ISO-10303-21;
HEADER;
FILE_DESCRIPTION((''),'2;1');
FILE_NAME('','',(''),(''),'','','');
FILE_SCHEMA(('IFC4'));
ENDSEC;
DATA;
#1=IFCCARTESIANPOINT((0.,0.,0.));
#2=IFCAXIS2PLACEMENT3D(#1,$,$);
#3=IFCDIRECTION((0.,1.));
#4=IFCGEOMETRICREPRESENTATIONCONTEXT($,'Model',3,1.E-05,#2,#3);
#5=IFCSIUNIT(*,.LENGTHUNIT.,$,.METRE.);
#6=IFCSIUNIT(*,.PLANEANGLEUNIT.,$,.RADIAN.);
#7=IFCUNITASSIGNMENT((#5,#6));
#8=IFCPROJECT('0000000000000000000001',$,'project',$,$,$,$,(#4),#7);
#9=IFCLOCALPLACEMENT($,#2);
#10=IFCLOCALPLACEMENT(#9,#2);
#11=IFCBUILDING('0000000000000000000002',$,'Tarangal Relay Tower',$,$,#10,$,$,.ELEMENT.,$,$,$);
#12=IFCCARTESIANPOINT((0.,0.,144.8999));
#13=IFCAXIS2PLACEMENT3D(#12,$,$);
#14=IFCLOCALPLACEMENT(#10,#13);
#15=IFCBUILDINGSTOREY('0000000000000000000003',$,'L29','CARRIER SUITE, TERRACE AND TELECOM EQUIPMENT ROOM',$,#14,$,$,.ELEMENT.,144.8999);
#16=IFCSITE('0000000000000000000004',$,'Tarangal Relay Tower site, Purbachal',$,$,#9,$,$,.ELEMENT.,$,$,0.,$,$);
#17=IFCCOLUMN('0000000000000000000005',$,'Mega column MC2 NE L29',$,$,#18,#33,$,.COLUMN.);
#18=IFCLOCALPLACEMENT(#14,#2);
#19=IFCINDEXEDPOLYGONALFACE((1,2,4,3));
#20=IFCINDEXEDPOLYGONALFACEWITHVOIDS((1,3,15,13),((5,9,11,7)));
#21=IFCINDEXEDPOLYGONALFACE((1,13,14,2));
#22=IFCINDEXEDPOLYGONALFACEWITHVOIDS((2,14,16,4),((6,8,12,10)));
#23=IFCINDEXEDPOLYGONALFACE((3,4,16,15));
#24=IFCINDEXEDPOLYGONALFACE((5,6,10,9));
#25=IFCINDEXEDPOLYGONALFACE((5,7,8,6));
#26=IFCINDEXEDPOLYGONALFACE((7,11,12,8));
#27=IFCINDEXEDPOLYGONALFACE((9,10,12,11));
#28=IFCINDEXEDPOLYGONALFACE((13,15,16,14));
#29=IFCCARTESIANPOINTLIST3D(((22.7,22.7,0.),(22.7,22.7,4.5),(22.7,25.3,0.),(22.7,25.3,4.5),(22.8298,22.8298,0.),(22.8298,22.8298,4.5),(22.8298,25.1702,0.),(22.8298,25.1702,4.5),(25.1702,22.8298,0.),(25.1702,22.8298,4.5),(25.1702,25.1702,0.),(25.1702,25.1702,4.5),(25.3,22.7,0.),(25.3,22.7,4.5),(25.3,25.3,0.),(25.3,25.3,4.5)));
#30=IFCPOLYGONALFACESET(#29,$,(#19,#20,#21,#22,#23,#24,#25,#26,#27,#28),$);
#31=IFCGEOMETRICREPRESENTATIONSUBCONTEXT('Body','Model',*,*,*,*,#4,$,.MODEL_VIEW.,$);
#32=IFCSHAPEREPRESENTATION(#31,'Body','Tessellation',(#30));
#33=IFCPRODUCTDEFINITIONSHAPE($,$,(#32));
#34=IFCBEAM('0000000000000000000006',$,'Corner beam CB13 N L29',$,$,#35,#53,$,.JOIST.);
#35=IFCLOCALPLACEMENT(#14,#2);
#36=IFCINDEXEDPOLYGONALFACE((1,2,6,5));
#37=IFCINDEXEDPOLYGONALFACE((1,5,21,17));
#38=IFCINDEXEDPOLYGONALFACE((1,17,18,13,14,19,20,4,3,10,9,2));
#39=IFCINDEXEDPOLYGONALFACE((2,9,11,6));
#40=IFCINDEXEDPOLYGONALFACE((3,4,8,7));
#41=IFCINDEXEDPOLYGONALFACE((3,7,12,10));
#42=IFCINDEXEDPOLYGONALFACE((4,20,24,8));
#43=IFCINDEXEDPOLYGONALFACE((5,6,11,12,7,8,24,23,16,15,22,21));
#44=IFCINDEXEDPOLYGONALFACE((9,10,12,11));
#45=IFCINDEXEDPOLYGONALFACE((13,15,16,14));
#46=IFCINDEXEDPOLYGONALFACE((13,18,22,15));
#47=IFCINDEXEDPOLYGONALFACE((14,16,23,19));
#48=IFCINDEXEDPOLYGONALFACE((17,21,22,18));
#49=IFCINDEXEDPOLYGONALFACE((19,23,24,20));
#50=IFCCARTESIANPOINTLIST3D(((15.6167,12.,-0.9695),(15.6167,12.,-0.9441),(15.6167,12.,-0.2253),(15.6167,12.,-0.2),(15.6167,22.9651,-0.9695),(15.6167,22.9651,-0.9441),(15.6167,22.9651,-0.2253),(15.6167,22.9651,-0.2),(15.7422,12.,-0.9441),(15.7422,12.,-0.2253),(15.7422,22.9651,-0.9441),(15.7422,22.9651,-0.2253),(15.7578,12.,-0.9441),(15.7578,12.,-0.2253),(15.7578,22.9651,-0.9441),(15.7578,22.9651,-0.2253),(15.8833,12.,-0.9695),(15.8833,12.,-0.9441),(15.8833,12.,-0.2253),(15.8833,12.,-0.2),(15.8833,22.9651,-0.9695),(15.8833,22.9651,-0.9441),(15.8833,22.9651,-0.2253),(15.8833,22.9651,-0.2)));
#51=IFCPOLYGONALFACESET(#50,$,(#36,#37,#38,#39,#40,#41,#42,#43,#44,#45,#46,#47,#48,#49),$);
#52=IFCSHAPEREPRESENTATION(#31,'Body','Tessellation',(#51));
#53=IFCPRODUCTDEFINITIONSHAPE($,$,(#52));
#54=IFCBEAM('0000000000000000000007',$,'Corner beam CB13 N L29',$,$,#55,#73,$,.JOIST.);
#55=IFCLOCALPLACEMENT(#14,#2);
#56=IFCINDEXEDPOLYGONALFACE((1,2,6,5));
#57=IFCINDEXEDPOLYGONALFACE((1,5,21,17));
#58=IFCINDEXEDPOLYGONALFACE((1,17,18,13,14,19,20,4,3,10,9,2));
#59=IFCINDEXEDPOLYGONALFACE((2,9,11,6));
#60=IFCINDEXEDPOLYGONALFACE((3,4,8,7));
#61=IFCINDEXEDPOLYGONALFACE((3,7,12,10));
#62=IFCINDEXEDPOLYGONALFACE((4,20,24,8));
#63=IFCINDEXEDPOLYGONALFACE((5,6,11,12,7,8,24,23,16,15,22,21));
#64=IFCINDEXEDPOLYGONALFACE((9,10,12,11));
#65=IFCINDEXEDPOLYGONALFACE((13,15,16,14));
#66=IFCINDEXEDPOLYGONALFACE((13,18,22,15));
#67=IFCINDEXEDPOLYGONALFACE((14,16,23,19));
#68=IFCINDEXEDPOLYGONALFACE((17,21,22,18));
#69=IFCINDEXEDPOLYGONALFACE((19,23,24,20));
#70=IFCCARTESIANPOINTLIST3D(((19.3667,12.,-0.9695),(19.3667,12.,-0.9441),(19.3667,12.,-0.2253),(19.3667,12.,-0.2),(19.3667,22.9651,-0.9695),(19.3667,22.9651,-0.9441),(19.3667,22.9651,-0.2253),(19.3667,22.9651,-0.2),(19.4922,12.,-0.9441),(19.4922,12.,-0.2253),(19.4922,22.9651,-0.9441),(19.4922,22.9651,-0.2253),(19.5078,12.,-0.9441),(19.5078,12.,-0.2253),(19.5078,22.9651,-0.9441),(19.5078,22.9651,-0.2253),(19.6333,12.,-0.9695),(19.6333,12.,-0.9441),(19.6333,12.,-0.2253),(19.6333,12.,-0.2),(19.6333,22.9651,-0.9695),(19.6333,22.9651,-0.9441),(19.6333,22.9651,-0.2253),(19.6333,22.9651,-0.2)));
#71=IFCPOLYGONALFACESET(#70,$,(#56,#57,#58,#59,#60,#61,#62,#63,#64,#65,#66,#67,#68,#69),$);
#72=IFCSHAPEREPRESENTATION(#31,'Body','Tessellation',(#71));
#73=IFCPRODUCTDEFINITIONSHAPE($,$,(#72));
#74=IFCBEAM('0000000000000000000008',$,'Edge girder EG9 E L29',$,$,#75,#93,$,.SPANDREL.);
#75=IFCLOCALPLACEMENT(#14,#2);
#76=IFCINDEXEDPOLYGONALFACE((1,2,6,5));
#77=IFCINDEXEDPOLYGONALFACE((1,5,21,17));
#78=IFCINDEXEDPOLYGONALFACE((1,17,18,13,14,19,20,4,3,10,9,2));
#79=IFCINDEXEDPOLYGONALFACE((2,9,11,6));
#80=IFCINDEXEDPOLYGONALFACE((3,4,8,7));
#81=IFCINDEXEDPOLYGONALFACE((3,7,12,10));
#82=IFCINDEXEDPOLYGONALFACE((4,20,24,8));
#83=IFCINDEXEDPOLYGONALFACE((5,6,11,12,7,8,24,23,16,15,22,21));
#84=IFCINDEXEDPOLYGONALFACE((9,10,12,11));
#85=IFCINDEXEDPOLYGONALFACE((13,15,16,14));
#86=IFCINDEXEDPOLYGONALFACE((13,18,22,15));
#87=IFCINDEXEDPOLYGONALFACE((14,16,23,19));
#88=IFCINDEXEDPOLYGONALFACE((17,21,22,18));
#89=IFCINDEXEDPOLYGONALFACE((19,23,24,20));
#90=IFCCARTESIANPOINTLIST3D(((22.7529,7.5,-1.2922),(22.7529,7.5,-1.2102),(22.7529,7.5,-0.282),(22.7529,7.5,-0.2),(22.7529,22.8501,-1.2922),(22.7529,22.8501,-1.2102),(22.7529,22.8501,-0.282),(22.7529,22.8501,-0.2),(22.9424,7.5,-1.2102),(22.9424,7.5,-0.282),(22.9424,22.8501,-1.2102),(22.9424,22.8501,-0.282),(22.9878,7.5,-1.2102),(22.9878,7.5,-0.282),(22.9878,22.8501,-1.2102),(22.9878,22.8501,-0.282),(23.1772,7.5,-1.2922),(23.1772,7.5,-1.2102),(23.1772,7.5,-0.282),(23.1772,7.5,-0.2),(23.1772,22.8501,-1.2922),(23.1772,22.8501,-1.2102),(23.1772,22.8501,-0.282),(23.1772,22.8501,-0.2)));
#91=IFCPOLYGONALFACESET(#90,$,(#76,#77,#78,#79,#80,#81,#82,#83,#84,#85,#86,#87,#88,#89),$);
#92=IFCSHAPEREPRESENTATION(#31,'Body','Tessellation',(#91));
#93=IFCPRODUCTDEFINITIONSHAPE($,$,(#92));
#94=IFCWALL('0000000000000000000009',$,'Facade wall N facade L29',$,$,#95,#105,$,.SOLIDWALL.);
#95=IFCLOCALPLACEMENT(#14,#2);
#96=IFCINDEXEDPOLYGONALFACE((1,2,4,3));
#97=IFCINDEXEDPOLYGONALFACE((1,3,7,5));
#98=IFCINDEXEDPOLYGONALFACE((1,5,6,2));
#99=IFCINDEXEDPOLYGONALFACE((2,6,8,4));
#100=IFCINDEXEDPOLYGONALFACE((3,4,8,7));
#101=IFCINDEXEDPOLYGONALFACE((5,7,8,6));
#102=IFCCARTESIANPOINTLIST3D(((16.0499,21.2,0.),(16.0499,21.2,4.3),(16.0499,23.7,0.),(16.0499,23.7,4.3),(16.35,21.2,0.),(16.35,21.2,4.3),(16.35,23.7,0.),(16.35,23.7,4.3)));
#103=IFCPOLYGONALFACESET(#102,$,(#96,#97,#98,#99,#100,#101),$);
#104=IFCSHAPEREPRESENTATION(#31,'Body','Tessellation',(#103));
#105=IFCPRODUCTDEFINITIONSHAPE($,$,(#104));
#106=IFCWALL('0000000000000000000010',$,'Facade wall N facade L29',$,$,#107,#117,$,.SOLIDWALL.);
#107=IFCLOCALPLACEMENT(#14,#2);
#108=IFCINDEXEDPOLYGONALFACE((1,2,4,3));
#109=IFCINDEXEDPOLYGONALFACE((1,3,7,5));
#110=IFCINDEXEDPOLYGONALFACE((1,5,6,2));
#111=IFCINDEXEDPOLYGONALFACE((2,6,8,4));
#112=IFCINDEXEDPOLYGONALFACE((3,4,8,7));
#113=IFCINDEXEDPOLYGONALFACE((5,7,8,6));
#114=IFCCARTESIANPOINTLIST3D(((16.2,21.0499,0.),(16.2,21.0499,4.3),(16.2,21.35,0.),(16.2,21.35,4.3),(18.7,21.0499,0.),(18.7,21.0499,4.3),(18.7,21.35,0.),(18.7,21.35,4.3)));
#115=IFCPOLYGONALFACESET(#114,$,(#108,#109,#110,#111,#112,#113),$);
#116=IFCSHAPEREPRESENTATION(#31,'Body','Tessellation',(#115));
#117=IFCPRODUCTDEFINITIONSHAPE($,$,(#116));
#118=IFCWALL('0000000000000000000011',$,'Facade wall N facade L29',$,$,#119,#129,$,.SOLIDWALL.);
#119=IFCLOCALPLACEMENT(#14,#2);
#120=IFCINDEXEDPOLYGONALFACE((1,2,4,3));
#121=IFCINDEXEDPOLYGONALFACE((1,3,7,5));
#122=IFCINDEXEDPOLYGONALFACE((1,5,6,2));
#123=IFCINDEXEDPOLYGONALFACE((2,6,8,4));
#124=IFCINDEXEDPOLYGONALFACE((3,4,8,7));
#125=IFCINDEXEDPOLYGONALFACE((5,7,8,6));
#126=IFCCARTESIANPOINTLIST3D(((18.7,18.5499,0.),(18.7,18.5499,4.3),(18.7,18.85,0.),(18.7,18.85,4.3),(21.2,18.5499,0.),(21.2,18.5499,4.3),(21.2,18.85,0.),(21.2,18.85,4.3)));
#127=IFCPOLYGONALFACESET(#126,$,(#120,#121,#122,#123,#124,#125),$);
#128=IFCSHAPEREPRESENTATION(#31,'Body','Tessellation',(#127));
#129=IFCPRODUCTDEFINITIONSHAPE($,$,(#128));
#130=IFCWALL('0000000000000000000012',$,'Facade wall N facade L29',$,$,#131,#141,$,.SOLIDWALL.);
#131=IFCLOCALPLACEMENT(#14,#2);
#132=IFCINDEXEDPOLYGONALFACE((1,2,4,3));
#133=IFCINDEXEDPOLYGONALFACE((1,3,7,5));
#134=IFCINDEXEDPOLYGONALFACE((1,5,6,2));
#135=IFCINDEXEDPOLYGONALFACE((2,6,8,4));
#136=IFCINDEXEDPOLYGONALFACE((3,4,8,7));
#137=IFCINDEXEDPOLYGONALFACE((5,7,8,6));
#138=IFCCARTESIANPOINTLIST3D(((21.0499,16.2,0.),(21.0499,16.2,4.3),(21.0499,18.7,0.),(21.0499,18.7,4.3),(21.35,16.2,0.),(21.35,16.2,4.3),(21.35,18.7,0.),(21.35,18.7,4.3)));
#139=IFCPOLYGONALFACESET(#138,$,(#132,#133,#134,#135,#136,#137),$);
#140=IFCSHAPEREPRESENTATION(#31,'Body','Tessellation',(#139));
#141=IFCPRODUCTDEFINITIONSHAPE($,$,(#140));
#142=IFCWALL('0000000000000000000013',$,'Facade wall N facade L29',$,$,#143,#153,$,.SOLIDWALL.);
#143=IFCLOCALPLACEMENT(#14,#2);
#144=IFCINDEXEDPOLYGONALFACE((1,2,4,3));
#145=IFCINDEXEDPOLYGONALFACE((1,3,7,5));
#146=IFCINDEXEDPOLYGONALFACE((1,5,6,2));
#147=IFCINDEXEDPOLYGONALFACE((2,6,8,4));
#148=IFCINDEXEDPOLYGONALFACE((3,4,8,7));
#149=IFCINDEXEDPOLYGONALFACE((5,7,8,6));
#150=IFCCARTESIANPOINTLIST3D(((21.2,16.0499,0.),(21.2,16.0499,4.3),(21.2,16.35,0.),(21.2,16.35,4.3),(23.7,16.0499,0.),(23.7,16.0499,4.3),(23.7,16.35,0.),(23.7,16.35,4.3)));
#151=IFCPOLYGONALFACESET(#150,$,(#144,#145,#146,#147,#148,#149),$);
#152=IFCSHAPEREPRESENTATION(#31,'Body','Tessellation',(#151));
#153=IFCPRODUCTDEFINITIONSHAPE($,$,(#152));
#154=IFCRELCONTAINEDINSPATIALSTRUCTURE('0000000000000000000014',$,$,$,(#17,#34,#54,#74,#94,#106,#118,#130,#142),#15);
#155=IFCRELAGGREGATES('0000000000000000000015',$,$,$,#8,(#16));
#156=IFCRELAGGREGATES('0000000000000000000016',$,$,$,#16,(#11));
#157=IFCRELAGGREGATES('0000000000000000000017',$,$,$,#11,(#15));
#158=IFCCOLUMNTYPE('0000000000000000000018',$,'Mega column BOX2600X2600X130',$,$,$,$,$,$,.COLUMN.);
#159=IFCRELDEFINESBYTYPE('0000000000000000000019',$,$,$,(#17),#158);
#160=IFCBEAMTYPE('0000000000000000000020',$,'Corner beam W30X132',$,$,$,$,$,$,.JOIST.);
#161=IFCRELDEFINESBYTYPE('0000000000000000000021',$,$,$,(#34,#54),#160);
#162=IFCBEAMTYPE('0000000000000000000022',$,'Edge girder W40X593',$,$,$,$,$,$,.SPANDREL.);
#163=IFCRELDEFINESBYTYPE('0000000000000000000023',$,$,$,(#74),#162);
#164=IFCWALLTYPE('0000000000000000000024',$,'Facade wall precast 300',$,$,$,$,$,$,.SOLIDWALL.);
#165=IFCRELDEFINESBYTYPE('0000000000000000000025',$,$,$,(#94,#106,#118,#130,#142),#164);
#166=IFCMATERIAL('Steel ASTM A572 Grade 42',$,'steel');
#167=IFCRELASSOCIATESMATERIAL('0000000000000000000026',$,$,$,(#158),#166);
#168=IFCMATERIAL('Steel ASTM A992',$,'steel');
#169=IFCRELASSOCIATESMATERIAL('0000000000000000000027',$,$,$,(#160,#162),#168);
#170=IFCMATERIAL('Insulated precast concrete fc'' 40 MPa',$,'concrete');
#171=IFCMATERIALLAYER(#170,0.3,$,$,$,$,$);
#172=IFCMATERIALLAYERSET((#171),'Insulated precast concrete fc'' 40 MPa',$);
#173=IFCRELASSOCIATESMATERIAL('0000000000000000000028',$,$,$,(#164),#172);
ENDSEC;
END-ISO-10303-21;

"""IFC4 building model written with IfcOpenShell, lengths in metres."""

from ifc_helpers import new_model, si_unit, direction, frame, frame_2d, origin, origin_2d, place, context, subcontext, project, spatial, rectangle, hollow_rectangle, i_section, extrude, material, layer, layer_set, material_profile, profile_set, type_object, element, save


model = new_model("IFC4")

# Units and contexts
model_context = context("Model", 3, precision=1e-05, world=origin(), true_north=direction((0.0, 1.0)))
body_context = subcontext(model_context, "Body", "Model", "MODEL_VIEW")
ifc_project = project(units=[si_unit("LENGTHUNIT", "METRE"), si_unit("PLANEANGLEUNIT", "RADIAN")], contexts=[model_context])

# Site, building, storey
site_placement = place(None, origin())
site = spatial("IfcSite", under=ifc_project, at=site_placement, Name="Tarangal Relay Tower site, Purbachal", CompositionType="ELEMENT", RefElevation=0.0)
building_placement = place(site_placement, origin())
building = spatial("IfcBuilding", under=site, at=building_placement, Name="Tarangal Relay Tower", CompositionType="ELEMENT")
storey_placement = place(building_placement, frame((0.0, 0.0, 144.8999)))
storey = spatial("IfcBuildingStorey", under=building, at=storey_placement, Name="L29", Description="CARRIER SUITE, TERRACE AND TELECOM EQUIPMENT ROOM", CompositionType="ELEMENT", Elevation=144.8999)

# Column
ifc_material_1 = material(Name="Steel ASTM A572 Grade 42", Category="steel")
ifc_material_profile_1 = material_profile(ifc_material_1, hollow_rectangle(XDim=2.6001, YDim=2.6001, WallThickness=0.1299, at=origin_2d()), Name="BOX2600X2600X130")
ifc_profile_set_1 = profile_set([ifc_material_profile_1], Name="Steel ASTM A572 Grade 42")
column_type = type_object("IfcColumnType", Name="Mega column BOX2600X2600X130", PredefinedType="COLUMN", material=ifc_profile_set_1)
column_placement = place(storey_placement, frame((24.0, 24.0, 0.0), z_axis=(0.0, 0.0, 1.0), x_axis=(1.0, 0.0, 0.0)))
element("IfcColumn", 1, at=column_placement, inside=storey, type_object=column_type, Name="Mega column MC2 NE L29", PredefinedType="COLUMN", context=body_context, shape_type="SweptSolid", body=[
    extrude(hollow_rectangle(XDim=2.6001, YDim=2.6001, WallThickness=0.1299, at=origin_2d()), origin(), (0.0, 0.0, 1.0), 4.5),
])

# Beams
ifc_material_2 = material(Name="Steel ASTM A992", Category="steel")
ifc_material_profile_2 = material_profile(ifc_material_2, i_section(OverallWidth=0.2666, OverallDepth=0.7695, WebThickness=0.0156, FlangeThickness=0.0254, at=origin_2d()), Name="W30X132")
ifc_profile_set_2 = profile_set([ifc_material_profile_2], Name="Steel ASTM A992")
beam_type_1 = type_object("IfcBeamType", Name="Corner beam W30X132", PredefinedType="JOIST", material=ifc_profile_set_2)
for number, where, z_axis, x_axis, name in (
    (2, (15.75, 12.0, -0.5847), (0.0, 1.0, 0.0), (-1.0, 0.0, 0.0), "Corner beam CB13 N L29"),
    (3, (19.5, 12.0, -0.5847), (0.0, 1.0, 0.0), (-1.0, 0.0, 0.0), "Corner beam CB13 N L29"),
):
    element("IfcBeam", number, at=place(storey_placement, frame(where, z_axis=z_axis, x_axis=x_axis)), inside=storey, type_object=beam_type_1, Name=name, PredefinedType="JOIST", context=body_context, shape_type="SweptSolid", body=[
        extrude(i_section(OverallWidth=0.2666, OverallDepth=0.7695, WebThickness=0.0156, FlangeThickness=0.0254, at=origin_2d()), origin(), (0.0, 0.0, 1.0), 10.9651),
    ])
ifc_material_profile_3 = material_profile(ifc_material_2, i_section(OverallWidth=0.4243, OverallDepth=1.0923, WebThickness=0.0454, FlangeThickness=0.082, at=origin_2d()), Name="W40X593")
ifc_profile_set_3 = profile_set([ifc_material_profile_3], Name="Steel ASTM A992")
beam_type_2 = type_object("IfcBeamType", Name="Edge girder W40X593", PredefinedType="SPANDREL", material=ifc_profile_set_3)
beam_placement = place(storey_placement, frame((22.9651, 22.8501, -0.7461), z_axis=(0.0, -1.0, 0.0), x_axis=(1.0, 0.0, 0.0)))
element("IfcBeam", 4, at=beam_placement, inside=storey, type_object=beam_type_2, Name="Edge girder EG9 E L29", PredefinedType="SPANDREL", context=body_context, shape_type="SweptSolid", body=[
    extrude(i_section(OverallWidth=0.4243, OverallDepth=1.0923, WebThickness=0.0454, FlangeThickness=0.082, at=origin_2d()), origin(), (0.0, 0.0, 1.0), 15.3501),
])

# Walls
ifc_material_3 = material(Name="Insulated precast concrete fc' 40 MPa", Category="concrete")
ifc_layer_1 = layer(ifc_material_3, 0.3)
ifc_layer_set_1 = layer_set([ifc_layer_1], Name="Insulated precast concrete fc' 40 MPa")
wall_type_1 = type_object("IfcWallType", Name="Facade wall precast 300", PredefinedType="SOLIDWALL", material=ifc_layer_set_1)
for number, where, z_axis, x_axis, name in (
    (5, (16.2, 23.7, 0.0), (0.0, 0.0, 1.0), (0.0, -1.0, 0.0), "Facade wall N facade L29"),
    (6, (16.2, 21.2, 0.0), (0.0, 0.0, 1.0), (1.0, 0.0, 0.0), "Facade wall N facade L29"),
):
    element("IfcWall", number, at=place(storey_placement, frame(where, z_axis=z_axis, x_axis=x_axis)), inside=storey, type_object=wall_type_1, Name=name, PredefinedType="SOLIDWALL", context=body_context, shape_type="SweptSolid", body=[
        extrude(rectangle(XDim=2.5, YDim=0.3, at=frame_2d((1.25, 0.0))), origin(), (0.0, 0.0, 1.0), 4.3),
    ])

# Walls
for number, where, z_axis, x_axis, name in (
    (7, (18.7, 18.7, 0.0), (0.0, 0.0, 1.0), (1.0, 0.0, 0.0), "Facade wall N facade L29"),
    (8, (21.2, 18.7, 0.0), (0.0, 0.0, 1.0), (0.0, -1.0, 0.0), "Facade wall N facade L29"),
    (9, (21.2, 16.2, 0.0), (0.0, 0.0, 1.0), (1.0, 0.0, 0.0), "Facade wall N facade L29"),
):
    element("IfcWall", number, at=place(storey_placement, frame(where, z_axis=z_axis, x_axis=x_axis)), inside=storey, type_object=wall_type_1, Name=name, PredefinedType="SOLIDWALL", context=body_context, shape_type="SweptSolid", body=[
        extrude(rectangle(XDim=2.5, YDim=0.3, at=frame_2d((1.25, 0.0))), origin(), (0.0, 0.0, 1.0), 4.3),
    ])

save(model, "model.ifc")
